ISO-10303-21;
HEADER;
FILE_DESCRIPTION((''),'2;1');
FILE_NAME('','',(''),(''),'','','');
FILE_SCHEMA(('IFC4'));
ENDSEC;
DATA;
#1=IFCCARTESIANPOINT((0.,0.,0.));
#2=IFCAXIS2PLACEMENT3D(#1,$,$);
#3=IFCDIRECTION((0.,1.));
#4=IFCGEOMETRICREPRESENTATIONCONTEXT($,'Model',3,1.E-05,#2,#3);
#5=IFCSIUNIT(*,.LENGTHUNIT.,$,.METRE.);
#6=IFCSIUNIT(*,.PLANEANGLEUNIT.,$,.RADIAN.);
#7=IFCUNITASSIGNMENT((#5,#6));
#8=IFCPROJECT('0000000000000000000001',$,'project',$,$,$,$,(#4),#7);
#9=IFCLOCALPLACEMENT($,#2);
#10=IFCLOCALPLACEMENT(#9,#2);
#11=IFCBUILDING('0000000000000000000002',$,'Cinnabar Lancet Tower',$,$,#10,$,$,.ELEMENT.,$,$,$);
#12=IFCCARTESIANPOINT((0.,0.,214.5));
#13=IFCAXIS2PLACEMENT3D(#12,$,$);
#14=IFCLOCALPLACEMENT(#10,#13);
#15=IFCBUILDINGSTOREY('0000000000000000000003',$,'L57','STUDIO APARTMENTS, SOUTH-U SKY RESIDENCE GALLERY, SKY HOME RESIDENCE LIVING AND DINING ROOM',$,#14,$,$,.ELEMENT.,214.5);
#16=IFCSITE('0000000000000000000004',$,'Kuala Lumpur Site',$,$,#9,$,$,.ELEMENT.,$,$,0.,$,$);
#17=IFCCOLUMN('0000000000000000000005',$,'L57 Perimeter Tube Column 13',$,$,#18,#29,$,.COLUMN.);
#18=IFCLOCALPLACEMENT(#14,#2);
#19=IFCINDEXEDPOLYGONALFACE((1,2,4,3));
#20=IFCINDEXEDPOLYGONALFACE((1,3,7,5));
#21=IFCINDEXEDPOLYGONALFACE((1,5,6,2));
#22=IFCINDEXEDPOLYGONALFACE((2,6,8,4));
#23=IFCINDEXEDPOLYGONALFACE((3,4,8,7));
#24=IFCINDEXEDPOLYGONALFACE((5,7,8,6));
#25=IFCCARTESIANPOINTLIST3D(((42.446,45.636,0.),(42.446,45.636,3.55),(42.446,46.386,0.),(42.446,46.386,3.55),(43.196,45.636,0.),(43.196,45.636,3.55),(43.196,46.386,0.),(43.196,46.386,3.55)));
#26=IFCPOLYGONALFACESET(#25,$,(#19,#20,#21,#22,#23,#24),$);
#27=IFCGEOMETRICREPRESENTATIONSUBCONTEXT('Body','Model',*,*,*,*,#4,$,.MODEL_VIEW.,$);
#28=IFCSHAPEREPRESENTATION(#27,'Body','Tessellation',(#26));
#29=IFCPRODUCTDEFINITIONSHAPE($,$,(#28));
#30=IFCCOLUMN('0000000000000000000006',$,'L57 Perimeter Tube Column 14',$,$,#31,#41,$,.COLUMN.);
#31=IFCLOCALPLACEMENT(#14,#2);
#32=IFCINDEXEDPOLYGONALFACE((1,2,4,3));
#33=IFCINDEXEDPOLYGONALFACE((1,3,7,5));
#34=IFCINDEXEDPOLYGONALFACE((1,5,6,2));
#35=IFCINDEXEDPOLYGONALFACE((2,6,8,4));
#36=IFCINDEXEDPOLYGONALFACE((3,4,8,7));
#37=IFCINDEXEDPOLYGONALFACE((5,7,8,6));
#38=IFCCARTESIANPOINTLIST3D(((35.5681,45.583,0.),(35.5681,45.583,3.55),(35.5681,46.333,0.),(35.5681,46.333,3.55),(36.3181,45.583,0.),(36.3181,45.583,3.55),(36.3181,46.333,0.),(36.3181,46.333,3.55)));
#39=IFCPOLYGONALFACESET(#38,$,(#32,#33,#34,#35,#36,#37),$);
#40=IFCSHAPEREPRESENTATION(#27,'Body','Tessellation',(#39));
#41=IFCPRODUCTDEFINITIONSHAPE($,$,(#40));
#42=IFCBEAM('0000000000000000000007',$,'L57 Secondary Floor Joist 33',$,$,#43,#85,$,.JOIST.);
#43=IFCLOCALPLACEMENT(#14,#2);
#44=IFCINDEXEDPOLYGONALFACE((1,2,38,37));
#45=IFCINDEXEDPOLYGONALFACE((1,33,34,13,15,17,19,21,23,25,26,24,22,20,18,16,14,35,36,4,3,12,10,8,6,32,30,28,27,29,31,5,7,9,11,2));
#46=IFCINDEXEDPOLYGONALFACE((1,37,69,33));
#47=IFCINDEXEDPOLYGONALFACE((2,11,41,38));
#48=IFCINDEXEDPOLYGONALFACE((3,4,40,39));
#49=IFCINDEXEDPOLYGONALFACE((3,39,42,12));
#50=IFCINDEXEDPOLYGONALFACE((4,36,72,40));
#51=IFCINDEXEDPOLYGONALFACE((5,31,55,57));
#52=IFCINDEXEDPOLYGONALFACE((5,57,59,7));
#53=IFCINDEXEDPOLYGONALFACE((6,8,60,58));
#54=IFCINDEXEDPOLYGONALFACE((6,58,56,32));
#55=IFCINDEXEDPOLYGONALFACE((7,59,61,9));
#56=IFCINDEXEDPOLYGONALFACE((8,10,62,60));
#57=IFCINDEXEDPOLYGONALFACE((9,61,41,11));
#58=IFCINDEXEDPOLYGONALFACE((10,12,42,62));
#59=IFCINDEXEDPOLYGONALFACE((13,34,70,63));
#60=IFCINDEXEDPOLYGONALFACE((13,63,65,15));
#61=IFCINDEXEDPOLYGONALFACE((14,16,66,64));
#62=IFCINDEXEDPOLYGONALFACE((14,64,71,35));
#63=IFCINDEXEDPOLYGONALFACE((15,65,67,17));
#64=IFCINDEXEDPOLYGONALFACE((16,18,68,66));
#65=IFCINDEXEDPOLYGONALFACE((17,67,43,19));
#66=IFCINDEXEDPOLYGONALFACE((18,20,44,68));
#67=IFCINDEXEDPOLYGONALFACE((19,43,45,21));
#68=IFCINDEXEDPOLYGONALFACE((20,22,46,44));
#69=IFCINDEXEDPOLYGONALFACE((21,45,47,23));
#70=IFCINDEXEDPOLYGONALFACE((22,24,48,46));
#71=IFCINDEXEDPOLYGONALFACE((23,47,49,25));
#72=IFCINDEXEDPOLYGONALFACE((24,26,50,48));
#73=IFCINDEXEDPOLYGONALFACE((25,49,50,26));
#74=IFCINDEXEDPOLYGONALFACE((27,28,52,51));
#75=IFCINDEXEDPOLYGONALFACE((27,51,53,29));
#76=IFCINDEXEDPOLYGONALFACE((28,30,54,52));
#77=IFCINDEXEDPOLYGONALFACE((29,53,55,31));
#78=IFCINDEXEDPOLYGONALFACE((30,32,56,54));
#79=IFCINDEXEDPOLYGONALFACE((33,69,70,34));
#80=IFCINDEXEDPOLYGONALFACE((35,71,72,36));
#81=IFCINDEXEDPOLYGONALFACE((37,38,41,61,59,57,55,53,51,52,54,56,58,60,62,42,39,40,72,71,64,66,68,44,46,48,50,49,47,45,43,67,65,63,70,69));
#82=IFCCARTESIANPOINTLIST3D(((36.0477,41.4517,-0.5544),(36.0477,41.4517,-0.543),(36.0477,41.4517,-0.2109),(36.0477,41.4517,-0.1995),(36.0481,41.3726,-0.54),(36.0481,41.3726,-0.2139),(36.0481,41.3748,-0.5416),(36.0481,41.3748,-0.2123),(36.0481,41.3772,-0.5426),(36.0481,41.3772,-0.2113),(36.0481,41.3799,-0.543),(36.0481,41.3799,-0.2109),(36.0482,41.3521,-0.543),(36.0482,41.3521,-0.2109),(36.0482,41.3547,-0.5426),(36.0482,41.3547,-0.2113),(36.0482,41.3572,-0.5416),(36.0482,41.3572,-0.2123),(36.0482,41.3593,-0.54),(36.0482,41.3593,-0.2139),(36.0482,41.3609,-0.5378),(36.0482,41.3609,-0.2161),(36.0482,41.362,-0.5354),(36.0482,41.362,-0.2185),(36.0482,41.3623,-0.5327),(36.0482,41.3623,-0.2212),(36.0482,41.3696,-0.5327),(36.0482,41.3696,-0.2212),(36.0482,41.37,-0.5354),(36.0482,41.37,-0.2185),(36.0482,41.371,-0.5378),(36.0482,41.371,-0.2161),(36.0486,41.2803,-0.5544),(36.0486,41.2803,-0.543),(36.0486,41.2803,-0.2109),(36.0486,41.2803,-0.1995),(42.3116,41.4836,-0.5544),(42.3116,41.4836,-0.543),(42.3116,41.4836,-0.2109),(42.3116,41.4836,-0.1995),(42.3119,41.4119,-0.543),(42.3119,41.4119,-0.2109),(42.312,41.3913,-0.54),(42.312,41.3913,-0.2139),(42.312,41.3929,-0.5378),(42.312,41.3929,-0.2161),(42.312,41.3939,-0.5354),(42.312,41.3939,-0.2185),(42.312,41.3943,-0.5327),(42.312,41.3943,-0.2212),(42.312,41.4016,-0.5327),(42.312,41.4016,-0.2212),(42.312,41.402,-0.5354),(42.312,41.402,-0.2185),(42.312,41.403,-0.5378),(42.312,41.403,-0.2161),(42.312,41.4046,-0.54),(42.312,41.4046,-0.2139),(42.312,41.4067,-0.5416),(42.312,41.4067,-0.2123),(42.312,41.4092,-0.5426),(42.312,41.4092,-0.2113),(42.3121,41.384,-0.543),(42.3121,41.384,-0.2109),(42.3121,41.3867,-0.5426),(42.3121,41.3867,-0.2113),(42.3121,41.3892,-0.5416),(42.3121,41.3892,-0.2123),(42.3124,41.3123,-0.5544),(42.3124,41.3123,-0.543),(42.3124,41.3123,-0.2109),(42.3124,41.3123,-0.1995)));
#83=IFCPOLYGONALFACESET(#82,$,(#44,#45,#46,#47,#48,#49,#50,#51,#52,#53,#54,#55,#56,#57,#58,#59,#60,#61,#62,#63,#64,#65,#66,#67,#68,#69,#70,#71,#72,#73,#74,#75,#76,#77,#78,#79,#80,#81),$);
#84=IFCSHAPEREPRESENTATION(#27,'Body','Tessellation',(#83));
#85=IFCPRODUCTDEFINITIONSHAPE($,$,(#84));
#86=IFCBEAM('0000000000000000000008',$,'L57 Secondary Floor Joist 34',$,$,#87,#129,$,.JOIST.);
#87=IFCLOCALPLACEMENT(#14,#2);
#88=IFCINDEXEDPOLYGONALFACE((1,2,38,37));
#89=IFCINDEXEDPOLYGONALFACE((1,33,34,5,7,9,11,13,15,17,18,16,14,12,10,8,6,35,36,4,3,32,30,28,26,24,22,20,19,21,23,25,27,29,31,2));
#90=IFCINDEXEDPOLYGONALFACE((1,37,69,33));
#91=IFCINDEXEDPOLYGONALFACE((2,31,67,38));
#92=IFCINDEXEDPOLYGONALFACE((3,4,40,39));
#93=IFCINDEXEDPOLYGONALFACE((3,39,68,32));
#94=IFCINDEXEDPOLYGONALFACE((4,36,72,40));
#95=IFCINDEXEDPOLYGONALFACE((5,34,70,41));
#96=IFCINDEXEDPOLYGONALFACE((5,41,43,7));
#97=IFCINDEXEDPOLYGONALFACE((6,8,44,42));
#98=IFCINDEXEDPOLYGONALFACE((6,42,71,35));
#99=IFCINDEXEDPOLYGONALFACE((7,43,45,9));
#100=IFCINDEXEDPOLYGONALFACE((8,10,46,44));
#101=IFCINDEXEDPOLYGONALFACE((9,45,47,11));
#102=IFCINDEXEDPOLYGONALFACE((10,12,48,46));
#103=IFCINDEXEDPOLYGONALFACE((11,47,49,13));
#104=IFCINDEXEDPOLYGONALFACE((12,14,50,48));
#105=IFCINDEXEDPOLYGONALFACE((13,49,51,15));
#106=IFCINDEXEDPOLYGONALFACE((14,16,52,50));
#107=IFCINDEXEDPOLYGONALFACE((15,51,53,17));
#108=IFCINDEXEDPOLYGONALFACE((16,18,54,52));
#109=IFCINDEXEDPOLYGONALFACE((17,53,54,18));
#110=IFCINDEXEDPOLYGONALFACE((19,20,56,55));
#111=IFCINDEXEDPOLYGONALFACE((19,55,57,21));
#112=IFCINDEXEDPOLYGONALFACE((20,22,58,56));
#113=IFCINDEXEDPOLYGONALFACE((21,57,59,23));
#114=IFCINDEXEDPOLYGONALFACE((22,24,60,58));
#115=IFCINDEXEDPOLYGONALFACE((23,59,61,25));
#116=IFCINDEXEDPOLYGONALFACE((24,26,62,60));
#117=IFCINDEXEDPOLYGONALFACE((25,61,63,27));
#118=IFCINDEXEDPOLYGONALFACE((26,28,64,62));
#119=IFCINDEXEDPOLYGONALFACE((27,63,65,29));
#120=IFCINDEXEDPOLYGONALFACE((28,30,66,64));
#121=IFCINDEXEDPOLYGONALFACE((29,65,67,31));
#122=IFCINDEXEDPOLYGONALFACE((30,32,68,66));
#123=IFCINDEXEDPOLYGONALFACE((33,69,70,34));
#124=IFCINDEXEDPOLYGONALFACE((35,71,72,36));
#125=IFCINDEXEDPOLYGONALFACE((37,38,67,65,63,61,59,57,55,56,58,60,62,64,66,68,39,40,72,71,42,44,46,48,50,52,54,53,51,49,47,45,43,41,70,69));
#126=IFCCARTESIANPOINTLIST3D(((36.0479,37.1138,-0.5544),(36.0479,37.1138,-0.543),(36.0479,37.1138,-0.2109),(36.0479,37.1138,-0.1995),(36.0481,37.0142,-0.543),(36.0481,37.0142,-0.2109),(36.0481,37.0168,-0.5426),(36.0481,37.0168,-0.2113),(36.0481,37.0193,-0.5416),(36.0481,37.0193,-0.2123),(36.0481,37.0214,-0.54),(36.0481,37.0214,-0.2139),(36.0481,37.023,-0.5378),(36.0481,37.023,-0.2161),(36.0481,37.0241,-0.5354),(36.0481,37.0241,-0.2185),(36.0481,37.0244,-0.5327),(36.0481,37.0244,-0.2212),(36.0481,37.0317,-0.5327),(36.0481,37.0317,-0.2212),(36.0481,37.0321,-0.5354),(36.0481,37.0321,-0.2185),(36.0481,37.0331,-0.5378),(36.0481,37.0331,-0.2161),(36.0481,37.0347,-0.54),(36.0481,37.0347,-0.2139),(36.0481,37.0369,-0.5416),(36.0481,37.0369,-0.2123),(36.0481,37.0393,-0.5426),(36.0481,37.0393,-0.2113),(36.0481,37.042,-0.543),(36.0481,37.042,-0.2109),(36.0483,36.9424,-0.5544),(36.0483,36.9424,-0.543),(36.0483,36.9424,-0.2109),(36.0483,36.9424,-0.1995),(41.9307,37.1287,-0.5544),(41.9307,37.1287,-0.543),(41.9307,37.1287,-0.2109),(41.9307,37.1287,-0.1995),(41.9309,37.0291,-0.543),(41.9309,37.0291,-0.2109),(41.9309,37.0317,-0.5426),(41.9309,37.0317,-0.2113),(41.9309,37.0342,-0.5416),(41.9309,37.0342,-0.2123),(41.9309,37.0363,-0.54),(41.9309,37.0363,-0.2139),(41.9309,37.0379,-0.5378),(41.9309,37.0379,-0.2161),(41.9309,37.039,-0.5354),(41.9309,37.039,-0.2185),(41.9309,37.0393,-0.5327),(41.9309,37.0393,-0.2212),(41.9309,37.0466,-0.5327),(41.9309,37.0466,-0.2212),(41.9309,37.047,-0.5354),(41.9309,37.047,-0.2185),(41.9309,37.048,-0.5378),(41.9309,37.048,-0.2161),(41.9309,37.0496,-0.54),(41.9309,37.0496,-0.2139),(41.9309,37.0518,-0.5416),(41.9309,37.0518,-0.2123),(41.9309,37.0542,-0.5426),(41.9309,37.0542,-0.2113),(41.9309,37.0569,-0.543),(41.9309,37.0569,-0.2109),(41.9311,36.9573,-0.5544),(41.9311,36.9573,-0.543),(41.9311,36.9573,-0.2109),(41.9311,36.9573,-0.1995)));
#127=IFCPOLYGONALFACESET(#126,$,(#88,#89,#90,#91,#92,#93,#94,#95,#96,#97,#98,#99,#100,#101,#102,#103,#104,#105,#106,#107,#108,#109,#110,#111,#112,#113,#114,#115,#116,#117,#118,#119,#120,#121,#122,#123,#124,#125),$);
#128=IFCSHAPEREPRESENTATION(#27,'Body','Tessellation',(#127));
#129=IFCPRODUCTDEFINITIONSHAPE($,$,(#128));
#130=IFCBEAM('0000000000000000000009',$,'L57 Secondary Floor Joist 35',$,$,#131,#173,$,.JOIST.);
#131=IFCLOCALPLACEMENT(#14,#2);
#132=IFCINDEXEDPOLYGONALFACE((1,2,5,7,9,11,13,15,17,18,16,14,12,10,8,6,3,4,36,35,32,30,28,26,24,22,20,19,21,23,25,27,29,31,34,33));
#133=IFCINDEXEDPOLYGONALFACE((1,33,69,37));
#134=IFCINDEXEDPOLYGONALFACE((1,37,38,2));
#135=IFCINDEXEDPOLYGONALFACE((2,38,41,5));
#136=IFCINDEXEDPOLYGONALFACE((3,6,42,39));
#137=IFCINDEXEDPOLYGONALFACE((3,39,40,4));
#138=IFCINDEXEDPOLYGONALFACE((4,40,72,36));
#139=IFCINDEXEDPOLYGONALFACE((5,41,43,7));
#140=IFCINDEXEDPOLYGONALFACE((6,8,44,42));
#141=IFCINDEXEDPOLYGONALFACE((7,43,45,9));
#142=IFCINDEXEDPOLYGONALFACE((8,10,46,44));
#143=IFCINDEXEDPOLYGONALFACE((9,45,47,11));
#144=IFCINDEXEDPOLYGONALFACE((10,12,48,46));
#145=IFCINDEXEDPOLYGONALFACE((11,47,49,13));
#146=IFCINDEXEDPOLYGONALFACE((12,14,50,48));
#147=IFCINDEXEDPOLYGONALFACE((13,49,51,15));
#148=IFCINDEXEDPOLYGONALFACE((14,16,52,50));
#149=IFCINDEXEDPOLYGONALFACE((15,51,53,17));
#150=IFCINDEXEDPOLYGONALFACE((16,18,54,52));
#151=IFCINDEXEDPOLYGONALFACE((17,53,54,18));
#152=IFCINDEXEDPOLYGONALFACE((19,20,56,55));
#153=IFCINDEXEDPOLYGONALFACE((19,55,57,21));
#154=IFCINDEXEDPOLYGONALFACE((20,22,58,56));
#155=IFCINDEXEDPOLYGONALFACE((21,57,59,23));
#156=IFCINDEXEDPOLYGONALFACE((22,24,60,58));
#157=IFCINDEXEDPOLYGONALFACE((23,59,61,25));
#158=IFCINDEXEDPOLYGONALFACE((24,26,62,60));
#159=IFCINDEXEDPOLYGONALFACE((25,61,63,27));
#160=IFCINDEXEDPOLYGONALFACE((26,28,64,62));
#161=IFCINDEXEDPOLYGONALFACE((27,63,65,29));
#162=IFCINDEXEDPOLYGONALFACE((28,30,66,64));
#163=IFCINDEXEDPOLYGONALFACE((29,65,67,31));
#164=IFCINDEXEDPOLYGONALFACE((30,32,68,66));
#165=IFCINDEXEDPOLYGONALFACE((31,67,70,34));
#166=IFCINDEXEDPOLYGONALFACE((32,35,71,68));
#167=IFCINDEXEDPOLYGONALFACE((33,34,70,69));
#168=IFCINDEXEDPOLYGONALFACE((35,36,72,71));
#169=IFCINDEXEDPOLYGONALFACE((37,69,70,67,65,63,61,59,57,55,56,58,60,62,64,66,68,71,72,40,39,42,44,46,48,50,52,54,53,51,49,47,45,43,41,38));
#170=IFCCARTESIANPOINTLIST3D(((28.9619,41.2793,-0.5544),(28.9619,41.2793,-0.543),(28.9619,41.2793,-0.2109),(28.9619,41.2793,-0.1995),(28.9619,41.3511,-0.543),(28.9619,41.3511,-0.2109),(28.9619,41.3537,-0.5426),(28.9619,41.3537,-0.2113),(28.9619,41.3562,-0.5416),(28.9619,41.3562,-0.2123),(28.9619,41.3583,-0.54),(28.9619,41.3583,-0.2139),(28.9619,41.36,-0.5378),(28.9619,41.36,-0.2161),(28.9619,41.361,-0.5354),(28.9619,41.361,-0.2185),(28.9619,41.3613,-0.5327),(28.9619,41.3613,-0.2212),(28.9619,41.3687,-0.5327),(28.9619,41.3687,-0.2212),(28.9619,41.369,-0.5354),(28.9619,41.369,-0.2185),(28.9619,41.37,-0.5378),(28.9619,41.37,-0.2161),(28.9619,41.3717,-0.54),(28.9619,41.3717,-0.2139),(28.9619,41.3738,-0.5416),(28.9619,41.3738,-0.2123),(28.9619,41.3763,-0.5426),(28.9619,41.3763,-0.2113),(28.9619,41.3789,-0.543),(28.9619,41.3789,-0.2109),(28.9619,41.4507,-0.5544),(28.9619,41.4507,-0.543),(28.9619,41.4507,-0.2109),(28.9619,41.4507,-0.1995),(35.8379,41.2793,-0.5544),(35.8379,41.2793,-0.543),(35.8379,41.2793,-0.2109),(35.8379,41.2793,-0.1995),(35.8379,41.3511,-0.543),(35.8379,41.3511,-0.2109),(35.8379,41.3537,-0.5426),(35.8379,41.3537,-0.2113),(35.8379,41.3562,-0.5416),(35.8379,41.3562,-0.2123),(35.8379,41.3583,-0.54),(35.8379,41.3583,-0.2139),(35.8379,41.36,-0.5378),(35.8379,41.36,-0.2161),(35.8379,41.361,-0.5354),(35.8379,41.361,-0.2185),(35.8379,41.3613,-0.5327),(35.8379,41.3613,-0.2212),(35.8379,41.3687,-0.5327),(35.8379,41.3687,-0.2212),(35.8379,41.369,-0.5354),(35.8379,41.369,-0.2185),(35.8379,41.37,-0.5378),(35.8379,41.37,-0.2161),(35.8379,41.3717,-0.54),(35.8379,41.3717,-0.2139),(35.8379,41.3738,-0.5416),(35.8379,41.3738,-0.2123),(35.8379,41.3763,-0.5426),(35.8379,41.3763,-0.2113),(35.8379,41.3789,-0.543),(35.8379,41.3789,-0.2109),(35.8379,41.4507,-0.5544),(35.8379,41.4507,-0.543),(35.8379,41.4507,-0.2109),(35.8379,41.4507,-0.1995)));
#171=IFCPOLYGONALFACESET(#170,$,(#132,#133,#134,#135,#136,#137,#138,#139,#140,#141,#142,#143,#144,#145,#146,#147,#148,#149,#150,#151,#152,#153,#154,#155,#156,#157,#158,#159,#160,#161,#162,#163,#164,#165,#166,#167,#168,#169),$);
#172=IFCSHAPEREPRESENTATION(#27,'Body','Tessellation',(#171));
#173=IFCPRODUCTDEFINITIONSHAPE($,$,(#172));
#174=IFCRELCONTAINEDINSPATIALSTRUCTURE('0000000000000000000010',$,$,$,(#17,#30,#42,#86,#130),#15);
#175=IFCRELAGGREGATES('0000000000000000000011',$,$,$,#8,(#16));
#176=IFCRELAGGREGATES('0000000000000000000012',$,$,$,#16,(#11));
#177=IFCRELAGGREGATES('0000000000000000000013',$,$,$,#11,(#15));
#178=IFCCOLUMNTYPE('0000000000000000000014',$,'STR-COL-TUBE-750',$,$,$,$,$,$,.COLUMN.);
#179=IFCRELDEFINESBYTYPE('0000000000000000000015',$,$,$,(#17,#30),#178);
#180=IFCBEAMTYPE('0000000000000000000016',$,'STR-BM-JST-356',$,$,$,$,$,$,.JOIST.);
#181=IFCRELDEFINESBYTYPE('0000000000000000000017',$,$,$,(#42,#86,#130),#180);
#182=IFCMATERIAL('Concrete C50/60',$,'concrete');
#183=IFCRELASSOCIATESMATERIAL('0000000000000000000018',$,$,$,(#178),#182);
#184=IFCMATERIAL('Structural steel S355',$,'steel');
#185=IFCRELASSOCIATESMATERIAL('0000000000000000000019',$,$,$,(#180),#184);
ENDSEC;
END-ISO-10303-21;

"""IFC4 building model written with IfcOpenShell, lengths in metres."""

from ifc_helpers import new_model, si_unit, direction, frame, origin, origin_2d, place, context, subcontext, project, spatial, rectangle, i_section, extrude, material, material_profile, profile_set, type_object, element, save


model = new_model("IFC4")

# Units and contexts
model_context = context("Model", 3, precision=1e-05, world=origin(), true_north=direction((0.0, 1.0)))
body_context = subcontext(model_context, "Body", "Model", "MODEL_VIEW")
ifc_project = project(units=[si_unit("LENGTHUNIT", "METRE"), si_unit("PLANEANGLEUNIT", "RADIAN")], contexts=[model_context])

# Site, building, storey
site_placement = place(None, origin())
site = spatial("IfcSite", under=ifc_project, at=site_placement, Name="Kuala Lumpur Site", CompositionType="ELEMENT", RefElevation=0.0)
building_placement = place(site_placement, origin())
building = spatial("IfcBuilding", under=site, at=building_placement, Name="Cinnabar Lancet Tower", CompositionType="ELEMENT")
storey_placement = place(building_placement, frame((0.0, 0.0, 214.5)))
storey = spatial("IfcBuildingStorey", under=building, at=storey_placement, Name="L57", Description="STUDIO APARTMENTS, SOUTH-U SKY RESIDENCE GALLERY, SKY HOME RESIDENCE LIVING AND DINING ROOM", CompositionType="ELEMENT", Elevation=214.5)

# Columns
ifc_material_1 = material(Name="Concrete C50/60", Category="concrete")
ifc_material_profile_1 = material_profile(ifc_material_1, rectangle(XDim=0.75, YDim=0.75, at=origin_2d()), Name="RC-COL 750x750")
ifc_profile_set_1 = profile_set([ifc_material_profile_1], Name="Concrete C50/60")
column_type = type_object("IfcColumnType", Name="STR-COL-TUBE-750", PredefinedType="COLUMN", material=ifc_profile_set_1)
for number, where, z_axis, x_axis, name in (
    (1, (42.821, 46.011, 0.0), (0.0, 0.0, 1.0), (1.0, 0.0, 0.0), "L57 Perimeter Tube Column 13"),
    (2, (35.9431, 45.958, 0.0), (0.0, 0.0, 1.0), (1.0, 0.0, 0.0), "L57 Perimeter Tube Column 14"),
):
    element("IfcColumn", number, at=place(storey_placement, frame(where, z_axis=z_axis, x_axis=x_axis)), inside=storey, type_object=column_type, Name=name, PredefinedType="COLUMN", context=body_context, shape_type="SweptSolid", body=[
        extrude(rectangle(XDim=0.75, YDim=0.75, at=origin_2d()), origin(), (0.0, 0.0, 1.0), 3.55),
    ])

# Beams
ifc_material_2 = material(Name="Structural steel S355", Category="steel")
ifc_material_profile_2 = material_profile(ifc_material_2, i_section(OverallWidth=0.1714, OverallDepth=0.355, WebThickness=0.0073, FlangeThickness=0.0115, FilletRadius=0.0103, at=origin_2d()), Name="UKB 356x171x51")
ifc_profile_set_2 = profile_set([ifc_material_profile_2], Name="Structural steel S355")
beam_type_1 = type_object("IfcBeamType", Name="STR-BM-JST-356", PredefinedType="JOIST", material=ifc_profile_set_2)
beam_1_placement = place(storey_placement, frame((42.312, 41.3979, -0.377), z_axis=(-0.999987, -0.005106, 0.0), x_axis=(0.005106, -0.999987, 0.0)))
element("IfcBeam", 3, at=beam_1_placement, inside=storey, type_object=beam_type_1, Name="L57 Secondary Floor Joist 33", PredefinedType="JOIST", context=body_context, shape_type="SweptSolid", body=[
    extrude(i_section(OverallWidth=0.1714, OverallDepth=0.355, WebThickness=0.0073, FlangeThickness=0.0115, FilletRadius=0.0103, at=origin_2d()), origin(), (0.0, 0.0, 1.0), 6.2639),
])
beam_2_placement = place(storey_placement, frame((41.9309, 37.043, -0.377), z_axis=(-0.999997, -0.002532, 0.0), x_axis=(0.002532, -0.999997, 0.0)))
element("IfcBeam", 4, at=beam_2_placement, inside=storey, type_object=beam_type_1, Name="L57 Secondary Floor Joist 34", PredefinedType="JOIST", context=body_context, shape_type="SweptSolid", body=[
    extrude(i_section(OverallWidth=0.1714, OverallDepth=0.355, WebThickness=0.0073, FlangeThickness=0.0115, FilletRadius=0.0103, at=origin_2d()), origin(), (0.0, 0.0, 1.0), 5.8828),
])
beam_3_placement = place(storey_placement, frame((35.8379, 41.365, -0.377), z_axis=(-1.0, 0.0, 0.0), x_axis=(0.0, -1.0, 0.0)))
element("IfcBeam", 5, at=beam_3_placement, inside=storey, type_object=beam_type_1, Name="L57 Secondary Floor Joist 35", PredefinedType="JOIST", context=body_context, shape_type="SweptSolid", body=[
    extrude(i_section(OverallWidth=0.1714, OverallDepth=0.355, WebThickness=0.0073, FlangeThickness=0.0115, FilletRadius=0.0103, at=origin_2d()), origin(), (0.0, 0.0, 1.0), 6.876),
])

save(model, "model.ifc")
